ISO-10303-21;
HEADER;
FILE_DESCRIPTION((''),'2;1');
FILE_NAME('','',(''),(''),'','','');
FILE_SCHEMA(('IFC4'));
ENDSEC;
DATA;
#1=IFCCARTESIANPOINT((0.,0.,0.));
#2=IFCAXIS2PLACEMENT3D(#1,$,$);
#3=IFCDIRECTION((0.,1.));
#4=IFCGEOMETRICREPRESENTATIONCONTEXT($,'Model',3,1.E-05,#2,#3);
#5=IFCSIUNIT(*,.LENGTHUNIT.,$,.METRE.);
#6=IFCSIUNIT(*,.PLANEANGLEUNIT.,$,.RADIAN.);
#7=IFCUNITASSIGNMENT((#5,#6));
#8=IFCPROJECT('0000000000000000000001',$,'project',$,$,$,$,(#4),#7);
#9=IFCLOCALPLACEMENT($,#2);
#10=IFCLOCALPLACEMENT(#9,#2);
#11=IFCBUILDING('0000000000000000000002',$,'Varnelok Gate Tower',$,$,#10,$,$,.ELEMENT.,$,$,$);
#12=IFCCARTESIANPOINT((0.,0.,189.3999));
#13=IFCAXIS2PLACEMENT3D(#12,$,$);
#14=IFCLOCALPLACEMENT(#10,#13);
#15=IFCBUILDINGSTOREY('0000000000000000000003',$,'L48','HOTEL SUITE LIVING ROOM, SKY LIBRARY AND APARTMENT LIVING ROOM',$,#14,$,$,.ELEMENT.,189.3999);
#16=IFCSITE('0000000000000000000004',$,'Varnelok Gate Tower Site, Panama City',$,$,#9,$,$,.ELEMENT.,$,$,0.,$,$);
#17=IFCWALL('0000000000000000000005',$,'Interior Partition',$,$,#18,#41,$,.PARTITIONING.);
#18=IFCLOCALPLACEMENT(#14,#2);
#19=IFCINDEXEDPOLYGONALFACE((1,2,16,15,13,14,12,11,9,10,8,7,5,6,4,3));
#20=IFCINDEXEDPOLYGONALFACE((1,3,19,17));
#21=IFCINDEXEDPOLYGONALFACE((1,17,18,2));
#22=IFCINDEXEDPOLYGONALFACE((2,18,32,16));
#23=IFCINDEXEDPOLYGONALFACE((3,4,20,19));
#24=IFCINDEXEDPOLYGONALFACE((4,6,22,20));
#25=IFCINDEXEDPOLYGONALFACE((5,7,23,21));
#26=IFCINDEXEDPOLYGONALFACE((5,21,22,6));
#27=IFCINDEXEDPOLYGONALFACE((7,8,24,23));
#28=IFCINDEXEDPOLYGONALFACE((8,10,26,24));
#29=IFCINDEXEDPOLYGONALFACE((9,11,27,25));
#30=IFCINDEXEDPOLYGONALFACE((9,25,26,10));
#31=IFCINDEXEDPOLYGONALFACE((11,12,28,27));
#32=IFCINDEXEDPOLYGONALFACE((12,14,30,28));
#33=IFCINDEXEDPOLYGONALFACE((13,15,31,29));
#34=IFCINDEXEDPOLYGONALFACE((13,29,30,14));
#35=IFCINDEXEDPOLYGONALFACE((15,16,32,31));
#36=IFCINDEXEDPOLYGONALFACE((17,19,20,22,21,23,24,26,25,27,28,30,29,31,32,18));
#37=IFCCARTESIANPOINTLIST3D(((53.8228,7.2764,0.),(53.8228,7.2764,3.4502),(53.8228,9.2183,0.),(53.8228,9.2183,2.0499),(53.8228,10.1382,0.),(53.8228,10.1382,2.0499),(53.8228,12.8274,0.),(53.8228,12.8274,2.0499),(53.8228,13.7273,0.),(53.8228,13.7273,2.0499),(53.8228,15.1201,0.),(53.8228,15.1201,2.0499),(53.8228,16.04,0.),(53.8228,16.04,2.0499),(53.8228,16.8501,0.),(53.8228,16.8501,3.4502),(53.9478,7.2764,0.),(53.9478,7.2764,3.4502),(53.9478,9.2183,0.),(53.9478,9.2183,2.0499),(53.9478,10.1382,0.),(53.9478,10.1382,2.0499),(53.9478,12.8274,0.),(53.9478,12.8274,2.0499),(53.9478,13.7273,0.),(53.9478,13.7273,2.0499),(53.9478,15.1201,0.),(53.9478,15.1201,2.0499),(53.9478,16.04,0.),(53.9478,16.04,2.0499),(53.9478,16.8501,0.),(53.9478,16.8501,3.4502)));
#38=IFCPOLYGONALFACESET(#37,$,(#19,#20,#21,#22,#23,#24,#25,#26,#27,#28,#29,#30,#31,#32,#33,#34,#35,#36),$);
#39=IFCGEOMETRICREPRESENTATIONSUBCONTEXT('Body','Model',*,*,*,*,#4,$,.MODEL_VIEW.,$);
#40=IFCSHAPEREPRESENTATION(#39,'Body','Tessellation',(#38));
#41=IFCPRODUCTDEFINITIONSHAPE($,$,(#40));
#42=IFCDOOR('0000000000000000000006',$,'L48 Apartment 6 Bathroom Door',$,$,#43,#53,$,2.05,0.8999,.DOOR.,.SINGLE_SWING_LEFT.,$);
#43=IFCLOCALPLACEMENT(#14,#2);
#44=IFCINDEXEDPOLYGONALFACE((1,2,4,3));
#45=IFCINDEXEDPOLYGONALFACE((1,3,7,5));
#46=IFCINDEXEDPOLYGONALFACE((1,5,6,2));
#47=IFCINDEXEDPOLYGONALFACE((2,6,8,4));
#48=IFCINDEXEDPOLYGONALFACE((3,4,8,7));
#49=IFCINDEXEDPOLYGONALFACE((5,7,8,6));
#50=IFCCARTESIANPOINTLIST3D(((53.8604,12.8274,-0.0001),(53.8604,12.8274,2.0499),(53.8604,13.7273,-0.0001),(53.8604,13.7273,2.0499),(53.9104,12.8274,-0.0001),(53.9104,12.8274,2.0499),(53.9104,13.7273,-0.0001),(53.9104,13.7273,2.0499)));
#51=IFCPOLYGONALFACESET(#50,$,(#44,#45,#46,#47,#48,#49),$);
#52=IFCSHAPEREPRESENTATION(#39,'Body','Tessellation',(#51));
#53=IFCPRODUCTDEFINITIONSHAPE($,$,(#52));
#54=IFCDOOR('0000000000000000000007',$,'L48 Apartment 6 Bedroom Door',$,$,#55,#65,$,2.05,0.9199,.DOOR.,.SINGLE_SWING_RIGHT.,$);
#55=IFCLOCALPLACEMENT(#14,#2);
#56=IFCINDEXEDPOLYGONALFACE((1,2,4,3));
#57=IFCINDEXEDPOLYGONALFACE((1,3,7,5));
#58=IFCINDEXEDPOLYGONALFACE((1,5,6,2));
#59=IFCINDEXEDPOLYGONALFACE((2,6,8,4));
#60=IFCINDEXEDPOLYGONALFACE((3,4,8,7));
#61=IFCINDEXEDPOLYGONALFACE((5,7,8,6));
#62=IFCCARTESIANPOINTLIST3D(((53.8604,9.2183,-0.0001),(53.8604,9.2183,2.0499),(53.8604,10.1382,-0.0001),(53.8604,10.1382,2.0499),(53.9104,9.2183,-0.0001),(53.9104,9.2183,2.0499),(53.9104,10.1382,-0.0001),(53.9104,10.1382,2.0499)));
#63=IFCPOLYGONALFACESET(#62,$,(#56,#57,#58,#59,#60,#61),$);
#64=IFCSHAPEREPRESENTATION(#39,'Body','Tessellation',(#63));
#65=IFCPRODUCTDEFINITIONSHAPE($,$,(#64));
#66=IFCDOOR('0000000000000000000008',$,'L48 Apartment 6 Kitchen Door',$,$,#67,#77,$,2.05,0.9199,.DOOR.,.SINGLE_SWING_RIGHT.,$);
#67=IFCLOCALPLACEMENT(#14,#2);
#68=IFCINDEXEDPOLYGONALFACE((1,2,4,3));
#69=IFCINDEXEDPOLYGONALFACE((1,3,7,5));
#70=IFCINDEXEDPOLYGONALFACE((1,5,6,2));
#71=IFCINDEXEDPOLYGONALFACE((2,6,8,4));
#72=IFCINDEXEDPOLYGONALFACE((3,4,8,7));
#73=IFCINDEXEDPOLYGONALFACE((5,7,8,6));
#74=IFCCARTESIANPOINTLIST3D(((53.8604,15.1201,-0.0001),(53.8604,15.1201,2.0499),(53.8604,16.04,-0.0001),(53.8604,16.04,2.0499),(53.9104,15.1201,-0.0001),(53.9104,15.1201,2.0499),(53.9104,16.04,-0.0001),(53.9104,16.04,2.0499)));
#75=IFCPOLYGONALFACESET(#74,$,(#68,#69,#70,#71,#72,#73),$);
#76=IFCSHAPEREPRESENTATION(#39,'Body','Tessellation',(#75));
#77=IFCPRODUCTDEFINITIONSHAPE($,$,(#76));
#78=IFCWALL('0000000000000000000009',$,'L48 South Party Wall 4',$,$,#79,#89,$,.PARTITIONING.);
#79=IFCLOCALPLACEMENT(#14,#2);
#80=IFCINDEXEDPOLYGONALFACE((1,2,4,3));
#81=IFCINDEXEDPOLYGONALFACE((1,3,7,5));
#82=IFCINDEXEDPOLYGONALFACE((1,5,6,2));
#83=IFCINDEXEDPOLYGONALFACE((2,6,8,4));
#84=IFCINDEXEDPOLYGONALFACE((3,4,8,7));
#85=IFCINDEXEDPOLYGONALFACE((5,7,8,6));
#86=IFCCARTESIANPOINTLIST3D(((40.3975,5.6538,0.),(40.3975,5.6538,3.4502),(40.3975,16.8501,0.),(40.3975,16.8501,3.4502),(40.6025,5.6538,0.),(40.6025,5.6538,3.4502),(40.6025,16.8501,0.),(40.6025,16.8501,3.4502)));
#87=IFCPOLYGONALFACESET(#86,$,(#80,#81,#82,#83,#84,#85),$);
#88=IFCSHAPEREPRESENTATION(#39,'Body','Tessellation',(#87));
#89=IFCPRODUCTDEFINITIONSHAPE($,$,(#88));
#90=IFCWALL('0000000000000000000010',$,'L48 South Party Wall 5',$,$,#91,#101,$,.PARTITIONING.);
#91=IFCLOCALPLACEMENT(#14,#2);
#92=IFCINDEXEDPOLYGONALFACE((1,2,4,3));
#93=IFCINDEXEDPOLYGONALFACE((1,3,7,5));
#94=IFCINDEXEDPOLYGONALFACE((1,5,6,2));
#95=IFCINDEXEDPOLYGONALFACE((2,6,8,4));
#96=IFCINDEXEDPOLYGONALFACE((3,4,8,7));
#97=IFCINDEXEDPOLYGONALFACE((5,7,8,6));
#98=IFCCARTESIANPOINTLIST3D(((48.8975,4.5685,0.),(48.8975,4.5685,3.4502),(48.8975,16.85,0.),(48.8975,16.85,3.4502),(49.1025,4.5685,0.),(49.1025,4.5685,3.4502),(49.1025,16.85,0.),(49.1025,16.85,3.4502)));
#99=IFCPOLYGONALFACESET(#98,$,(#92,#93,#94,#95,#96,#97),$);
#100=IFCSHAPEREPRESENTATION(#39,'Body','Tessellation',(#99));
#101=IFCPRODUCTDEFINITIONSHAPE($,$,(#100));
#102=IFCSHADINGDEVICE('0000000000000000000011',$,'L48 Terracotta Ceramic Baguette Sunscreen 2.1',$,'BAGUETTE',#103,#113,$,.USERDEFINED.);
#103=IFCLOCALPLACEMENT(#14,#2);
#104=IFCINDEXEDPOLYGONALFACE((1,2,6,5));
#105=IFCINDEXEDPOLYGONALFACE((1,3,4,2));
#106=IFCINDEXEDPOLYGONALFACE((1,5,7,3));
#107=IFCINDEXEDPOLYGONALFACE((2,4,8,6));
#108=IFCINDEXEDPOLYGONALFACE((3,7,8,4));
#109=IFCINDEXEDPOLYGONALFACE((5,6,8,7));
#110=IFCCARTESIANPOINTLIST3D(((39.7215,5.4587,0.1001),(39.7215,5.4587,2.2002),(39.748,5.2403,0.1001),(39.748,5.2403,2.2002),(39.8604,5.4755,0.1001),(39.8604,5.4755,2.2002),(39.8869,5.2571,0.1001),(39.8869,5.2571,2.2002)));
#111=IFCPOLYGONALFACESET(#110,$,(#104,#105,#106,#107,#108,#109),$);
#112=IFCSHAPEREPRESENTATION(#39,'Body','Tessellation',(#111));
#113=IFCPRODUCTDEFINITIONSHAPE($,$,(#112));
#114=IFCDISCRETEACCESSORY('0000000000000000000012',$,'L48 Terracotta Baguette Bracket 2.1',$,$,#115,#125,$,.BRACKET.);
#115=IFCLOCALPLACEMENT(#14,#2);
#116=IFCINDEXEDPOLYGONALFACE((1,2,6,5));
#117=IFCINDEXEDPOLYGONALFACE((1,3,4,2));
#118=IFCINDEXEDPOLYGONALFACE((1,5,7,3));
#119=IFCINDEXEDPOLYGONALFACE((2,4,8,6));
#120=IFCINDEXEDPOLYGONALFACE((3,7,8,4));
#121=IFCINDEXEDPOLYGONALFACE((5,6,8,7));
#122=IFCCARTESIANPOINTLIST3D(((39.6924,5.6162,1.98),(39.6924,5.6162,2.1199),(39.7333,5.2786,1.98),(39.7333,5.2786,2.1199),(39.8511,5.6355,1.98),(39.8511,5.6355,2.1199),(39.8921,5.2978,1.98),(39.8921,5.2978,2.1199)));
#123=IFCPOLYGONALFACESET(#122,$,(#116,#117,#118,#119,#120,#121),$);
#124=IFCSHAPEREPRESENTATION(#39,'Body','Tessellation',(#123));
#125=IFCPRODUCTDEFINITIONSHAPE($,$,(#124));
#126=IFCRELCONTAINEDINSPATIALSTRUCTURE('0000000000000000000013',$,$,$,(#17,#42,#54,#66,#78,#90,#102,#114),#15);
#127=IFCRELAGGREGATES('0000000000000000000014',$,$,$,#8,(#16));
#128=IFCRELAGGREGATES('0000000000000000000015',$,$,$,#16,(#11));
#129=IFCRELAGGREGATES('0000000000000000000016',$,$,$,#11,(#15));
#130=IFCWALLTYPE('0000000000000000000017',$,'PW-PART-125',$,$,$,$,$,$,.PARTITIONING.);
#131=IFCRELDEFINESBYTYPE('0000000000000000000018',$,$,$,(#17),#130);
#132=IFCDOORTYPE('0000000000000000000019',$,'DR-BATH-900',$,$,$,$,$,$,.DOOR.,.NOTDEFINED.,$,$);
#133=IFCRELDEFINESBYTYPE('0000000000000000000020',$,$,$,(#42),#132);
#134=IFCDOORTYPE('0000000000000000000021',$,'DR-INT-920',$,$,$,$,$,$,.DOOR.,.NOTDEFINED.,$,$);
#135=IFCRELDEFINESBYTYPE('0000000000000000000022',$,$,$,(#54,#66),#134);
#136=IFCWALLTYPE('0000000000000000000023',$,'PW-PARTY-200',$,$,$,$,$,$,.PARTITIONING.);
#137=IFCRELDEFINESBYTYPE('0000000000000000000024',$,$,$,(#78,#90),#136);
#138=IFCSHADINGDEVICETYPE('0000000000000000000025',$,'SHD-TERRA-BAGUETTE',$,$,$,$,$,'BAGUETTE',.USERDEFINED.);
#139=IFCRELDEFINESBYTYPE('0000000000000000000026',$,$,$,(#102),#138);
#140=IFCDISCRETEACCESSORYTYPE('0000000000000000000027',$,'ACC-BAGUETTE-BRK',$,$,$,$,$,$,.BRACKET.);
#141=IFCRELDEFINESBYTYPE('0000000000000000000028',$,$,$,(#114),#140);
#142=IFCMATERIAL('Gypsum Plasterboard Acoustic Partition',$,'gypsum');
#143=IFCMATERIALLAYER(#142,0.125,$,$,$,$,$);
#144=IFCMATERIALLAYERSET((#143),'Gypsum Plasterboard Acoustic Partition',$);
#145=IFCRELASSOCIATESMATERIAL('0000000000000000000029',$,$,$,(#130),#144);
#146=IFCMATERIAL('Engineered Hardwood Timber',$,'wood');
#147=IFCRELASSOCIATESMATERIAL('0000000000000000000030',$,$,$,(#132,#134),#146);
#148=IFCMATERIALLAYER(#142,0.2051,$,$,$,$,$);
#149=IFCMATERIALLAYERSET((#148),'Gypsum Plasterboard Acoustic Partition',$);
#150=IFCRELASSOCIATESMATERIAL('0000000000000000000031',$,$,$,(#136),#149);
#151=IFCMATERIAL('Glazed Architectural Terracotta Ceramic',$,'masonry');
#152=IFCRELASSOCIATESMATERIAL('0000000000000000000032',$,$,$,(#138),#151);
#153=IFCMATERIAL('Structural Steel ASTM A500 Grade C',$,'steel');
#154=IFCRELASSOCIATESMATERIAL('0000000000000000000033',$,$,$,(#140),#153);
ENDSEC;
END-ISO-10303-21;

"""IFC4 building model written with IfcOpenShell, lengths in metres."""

from ifc_helpers import new_model, si_unit, direction, frame, frame_2d, origin, origin_2d, place, context, subcontext, project, spatial, rectangle, extrude, source, transform, mapped, material, layer, layer_set, type_object, element, fill, save


model = new_model("IFC4")

# Units and contexts
model_context = context("Model", 3, precision=1e-05, world=origin(), true_north=direction((0.0, 1.0)))
body_context = subcontext(model_context, "Body", "Model", "MODEL_VIEW")
ifc_project = project(units=[si_unit("LENGTHUNIT", "METRE"), si_unit("PLANEANGLEUNIT", "RADIAN")], contexts=[model_context])

# Site, building, storey
site_placement = place(None, origin())
site = spatial("IfcSite", under=ifc_project, at=site_placement, Name="Varnelok Gate Tower Site, Panama City", CompositionType="ELEMENT", RefElevation=0.0)
building_placement = place(site_placement, origin())
building = spatial("IfcBuilding", under=site, at=building_placement, Name="Varnelok Gate Tower", CompositionType="ELEMENT")
storey_placement = place(building_placement, frame((0.0, 0.0, 189.3999)))
storey = spatial("IfcBuildingStorey", under=building, at=storey_placement, Name="L48", Description="HOTEL SUITE LIVING ROOM, SKY LIBRARY AND APARTMENT LIVING ROOM", CompositionType="ELEMENT", Elevation=189.3999)

# Shared definitions
ifc_material_1 = material(Name="Gypsum Plasterboard Acoustic Partition", Category="gypsum")

# Wall, openings, doors
ifc_layer_1 = layer(ifc_material_1, 0.125)
ifc_layer_set_1 = layer_set([ifc_layer_1], Name="Gypsum Plasterboard Acoustic Partition")
wall_type_1 = type_object("IfcWallType", Name="PW-PART-125", PredefinedType="PARTITIONING", material=ifc_layer_set_1)
ifc_material_2 = material(Name="Engineered Hardwood Timber", Category="wood")
door_type_1 = type_object("IfcDoorType", Name="DR-BATH-900", OperationType="NOTDEFINED", PredefinedType="DOOR", material=ifc_material_2)
door_type_2 = type_object("IfcDoorType", Name="DR-INT-920", OperationType="NOTDEFINED", PredefinedType="DOOR", material=ifc_material_2)
wall_1_placement = place(storey_placement, frame((53.8853, 7.2764, 0.0), z_axis=(0.0, 0.0, 1.0), x_axis=(0.0, 1.0, 0.0)))
wall_1 = element("IfcWall", 1, at=wall_1_placement, inside=storey, type_object=wall_type_1, Name="Interior Partition", PredefinedType="PARTITIONING", context=body_context, shape_type="SweptSolid", body=[
    extrude(rectangle(XDim=9.5737, YDim=0.125, at=frame_2d((4.7869, 0.0))), origin(), (0.0, 0.0, 1.0), 3.4502),
])
opening_1_placement = place(wall_1_placement, frame((1.9419, 0.0, 0.0)))
opening_1 = element("IfcOpeningElement", 2, at=opening_1_placement, cuts=wall_1, PredefinedType="OPENING", context=body_context, shape_type="SweptSolid", body=[
    extrude(rectangle(XDim=0.9199, YDim=2.05, at=frame_2d((0.46, 1.0249))), frame((0.0, 0.0725, 0.0), z_axis=(0.0, -1.0, 0.0), x_axis=(1.0, 0.0, 0.0)), (0.0, 0.0, 1.0), 0.145),
])
opening_2_placement = place(wall_1_placement, frame((5.551, 0.0, 0.0)))
opening_2 = element("IfcOpeningElement", 3, at=opening_2_placement, cuts=wall_1, PredefinedType="OPENING", context=body_context, shape_type="SweptSolid", body=[
    extrude(rectangle(XDim=0.8999, YDim=2.05, at=frame_2d((0.45, 1.0249))), frame((0.0, 0.0725, 0.0), z_axis=(0.0, -1.0, 0.0), x_axis=(1.0, 0.0, 0.0)), (0.0, 0.0, 1.0), 0.145),
])
opening_3_placement = place(wall_1_placement, frame((7.8438, 0.0, 0.0)))
opening_3 = element("IfcOpeningElement", 4, at=opening_3_placement, cuts=wall_1, PredefinedType="OPENING", context=body_context, shape_type="SweptSolid", body=[
    extrude(rectangle(XDim=0.9199, YDim=2.05, at=frame_2d((0.46, 1.0249))), frame((0.0, 0.0725, 0.0), z_axis=(0.0, -1.0, 0.0), x_axis=(1.0, 0.0, 0.0)), (0.0, 0.0, 1.0), 0.145),
])
door_1_placement = place(opening_2_placement, origin())
door_1 = element("IfcDoor", 5, at=door_1_placement, inside=storey, type_object=door_type_1, Name="L48 Apartment 6 Bathroom Door", OperationType="SINGLE_SWING_LEFT", OverallHeight=2.05, OverallWidth=0.8999, PredefinedType="DOOR", context=body_context, shape_type="SweptSolid", body=[
    extrude(rectangle(XDim=0.8999, YDim=2.05, at=frame_2d((0.45, 1.0249))), frame((0.0, 0.0249, 0.0), z_axis=(0.0, -1.0, 0.0), x_axis=(1.0, 0.0, 0.0)), (0.0, 0.0, 1.0), 0.05),
])
fill(opening_2, door_1)
door_2_placement = place(opening_1_placement, origin())
door_2 = element("IfcDoor", 6, at=door_2_placement, inside=storey, type_object=door_type_2, Name="L48 Apartment 6 Bedroom Door", OperationType="SINGLE_SWING_RIGHT", OverallHeight=2.05, OverallWidth=0.9199, PredefinedType="DOOR", context=body_context, shape_type="SweptSolid", body=[
    extrude(rectangle(XDim=0.9199, YDim=2.05, at=frame_2d((0.46, 1.0249))), frame((0.0, 0.0249, 0.0), z_axis=(0.0, -1.0, 0.0), x_axis=(1.0, 0.0, 0.0)), (0.0, 0.0, 1.0), 0.05),
])
fill(opening_1, door_2)
door_3_placement = place(opening_3_placement, origin())
door_3 = element("IfcDoor", 7, at=door_3_placement, inside=storey, type_object=door_type_2, Name="L48 Apartment 6 Kitchen Door", OperationType="SINGLE_SWING_RIGHT", OverallHeight=2.05, OverallWidth=0.9199, PredefinedType="DOOR", context=body_context, shape_type="SweptSolid", body=[
    extrude(rectangle(XDim=0.9199, YDim=2.05, at=frame_2d((0.46, 1.0249))), frame((0.0, 0.0249, 0.0), z_axis=(0.0, -1.0, 0.0), x_axis=(1.0, 0.0, 0.0)), (0.0, 0.0, 1.0), 0.05),
])
fill(opening_3, door_3)

# Walls
ifc_layer_2 = layer(ifc_material_1, 0.2051)
ifc_layer_set_2 = layer_set([ifc_layer_2], Name="Gypsum Plasterboard Acoustic Partition")
wall_type_2 = type_object("IfcWallType", Name="PW-PARTY-200", PredefinedType="PARTITIONING", material=ifc_layer_set_2)
wall_2_placement = place(storey_placement, frame((40.5, 5.6538, 0.0), z_axis=(0.0, 0.0, 1.0), x_axis=(0.0, 1.0, 0.0)))
element("IfcWall", 8, at=wall_2_placement, inside=storey, type_object=wall_type_2, Name="L48 South Party Wall 4", PredefinedType="PARTITIONING", context=body_context, shape_type="SweptSolid", body=[
    extrude(rectangle(XDim=11.1963, YDim=0.2051, at=frame_2d((5.5981, 0.0))), origin(), (0.0, 0.0, 1.0), 3.4502),
])
wall_3_placement = place(storey_placement, frame((49.0, 4.5686, 0.0), z_axis=(0.0, 0.0, 1.0), x_axis=(0.0, 1.0, 0.0)))
element("IfcWall", 9, at=wall_3_placement, inside=storey, type_object=wall_type_2, Name="L48 South Party Wall 5", PredefinedType="PARTITIONING", context=body_context, shape_type="SweptSolid", body=[
    extrude(rectangle(XDim=12.2815, YDim=0.2051, at=frame_2d((6.1406, 0.0))), origin(), (0.0, 0.0, 1.0), 3.4502),
])

# Shading device
ifc_material_3 = material(Name="Glazed Architectural Terracotta Ceramic", Category="masonry")
shading_device_type = type_object("IfcShadingDeviceType", Name="SHD-TERRA-BAGUETTE", ElementType="BAGUETTE", PredefinedType="USERDEFINED", material=ifc_material_3)
shared_shape_1 = source(origin(), body_context, "Body", "SweptSolid", [
    extrude(rectangle(XDim=0.1399, YDim=0.22, at=origin_2d()), origin(), (0.0, 0.0, 1.0), 2.1001),
])
shading_device_placement = place(storey_placement, frame((39.8042, 5.3579, 0.1001), z_axis=(0.0, 0.0, 1.0), x_axis=(0.992732, 0.120345, 0.0)))
element("IfcShadingDevice", 10, at=shading_device_placement, inside=storey, type_object=shading_device_type, Name="L48 Terracotta Ceramic Baguette Sunscreen 2.1", ObjectType="BAGUETTE", PredefinedType="USERDEFINED", context=body_context, shape_type="MappedRepresentation", body=[
    mapped(shared_shape_1, transform((0.0, 0.0, 0.0), scale=1.0)),
])

# Discrete accessory
ifc_material_4 = material(Name="Structural Steel ASTM A500 Grade C", Category="steel")
discrete_accessory_type = type_object("IfcDiscreteAccessoryType", Name="ACC-BAGUETTE-BRK", PredefinedType="BRACKET", material=ifc_material_4)
shared_shape_2 = source(origin(), body_context, "Body", "SweptSolid", [
    extrude(rectangle(XDim=0.1599, YDim=0.3401, at=origin_2d()), origin(), (0.0, 0.0, 1.0), 0.1399),
])
discrete_accessory_placement = place(storey_placement, frame((39.7922, 5.457, 1.98), z_axis=(0.0, 0.0, 1.0), x_axis=(0.992732, 0.120345, 0.0)))
element("IfcDiscreteAccessory", 11, at=discrete_accessory_placement, inside=storey, type_object=discrete_accessory_type, Name="L48 Terracotta Baguette Bracket 2.1", PredefinedType="BRACKET", context=body_context, shape_type="MappedRepresentation", body=[
    mapped(shared_shape_2, transform((0.0, 0.0, 0.0), scale=1.0)),
])

save(model, "model.ifc")
